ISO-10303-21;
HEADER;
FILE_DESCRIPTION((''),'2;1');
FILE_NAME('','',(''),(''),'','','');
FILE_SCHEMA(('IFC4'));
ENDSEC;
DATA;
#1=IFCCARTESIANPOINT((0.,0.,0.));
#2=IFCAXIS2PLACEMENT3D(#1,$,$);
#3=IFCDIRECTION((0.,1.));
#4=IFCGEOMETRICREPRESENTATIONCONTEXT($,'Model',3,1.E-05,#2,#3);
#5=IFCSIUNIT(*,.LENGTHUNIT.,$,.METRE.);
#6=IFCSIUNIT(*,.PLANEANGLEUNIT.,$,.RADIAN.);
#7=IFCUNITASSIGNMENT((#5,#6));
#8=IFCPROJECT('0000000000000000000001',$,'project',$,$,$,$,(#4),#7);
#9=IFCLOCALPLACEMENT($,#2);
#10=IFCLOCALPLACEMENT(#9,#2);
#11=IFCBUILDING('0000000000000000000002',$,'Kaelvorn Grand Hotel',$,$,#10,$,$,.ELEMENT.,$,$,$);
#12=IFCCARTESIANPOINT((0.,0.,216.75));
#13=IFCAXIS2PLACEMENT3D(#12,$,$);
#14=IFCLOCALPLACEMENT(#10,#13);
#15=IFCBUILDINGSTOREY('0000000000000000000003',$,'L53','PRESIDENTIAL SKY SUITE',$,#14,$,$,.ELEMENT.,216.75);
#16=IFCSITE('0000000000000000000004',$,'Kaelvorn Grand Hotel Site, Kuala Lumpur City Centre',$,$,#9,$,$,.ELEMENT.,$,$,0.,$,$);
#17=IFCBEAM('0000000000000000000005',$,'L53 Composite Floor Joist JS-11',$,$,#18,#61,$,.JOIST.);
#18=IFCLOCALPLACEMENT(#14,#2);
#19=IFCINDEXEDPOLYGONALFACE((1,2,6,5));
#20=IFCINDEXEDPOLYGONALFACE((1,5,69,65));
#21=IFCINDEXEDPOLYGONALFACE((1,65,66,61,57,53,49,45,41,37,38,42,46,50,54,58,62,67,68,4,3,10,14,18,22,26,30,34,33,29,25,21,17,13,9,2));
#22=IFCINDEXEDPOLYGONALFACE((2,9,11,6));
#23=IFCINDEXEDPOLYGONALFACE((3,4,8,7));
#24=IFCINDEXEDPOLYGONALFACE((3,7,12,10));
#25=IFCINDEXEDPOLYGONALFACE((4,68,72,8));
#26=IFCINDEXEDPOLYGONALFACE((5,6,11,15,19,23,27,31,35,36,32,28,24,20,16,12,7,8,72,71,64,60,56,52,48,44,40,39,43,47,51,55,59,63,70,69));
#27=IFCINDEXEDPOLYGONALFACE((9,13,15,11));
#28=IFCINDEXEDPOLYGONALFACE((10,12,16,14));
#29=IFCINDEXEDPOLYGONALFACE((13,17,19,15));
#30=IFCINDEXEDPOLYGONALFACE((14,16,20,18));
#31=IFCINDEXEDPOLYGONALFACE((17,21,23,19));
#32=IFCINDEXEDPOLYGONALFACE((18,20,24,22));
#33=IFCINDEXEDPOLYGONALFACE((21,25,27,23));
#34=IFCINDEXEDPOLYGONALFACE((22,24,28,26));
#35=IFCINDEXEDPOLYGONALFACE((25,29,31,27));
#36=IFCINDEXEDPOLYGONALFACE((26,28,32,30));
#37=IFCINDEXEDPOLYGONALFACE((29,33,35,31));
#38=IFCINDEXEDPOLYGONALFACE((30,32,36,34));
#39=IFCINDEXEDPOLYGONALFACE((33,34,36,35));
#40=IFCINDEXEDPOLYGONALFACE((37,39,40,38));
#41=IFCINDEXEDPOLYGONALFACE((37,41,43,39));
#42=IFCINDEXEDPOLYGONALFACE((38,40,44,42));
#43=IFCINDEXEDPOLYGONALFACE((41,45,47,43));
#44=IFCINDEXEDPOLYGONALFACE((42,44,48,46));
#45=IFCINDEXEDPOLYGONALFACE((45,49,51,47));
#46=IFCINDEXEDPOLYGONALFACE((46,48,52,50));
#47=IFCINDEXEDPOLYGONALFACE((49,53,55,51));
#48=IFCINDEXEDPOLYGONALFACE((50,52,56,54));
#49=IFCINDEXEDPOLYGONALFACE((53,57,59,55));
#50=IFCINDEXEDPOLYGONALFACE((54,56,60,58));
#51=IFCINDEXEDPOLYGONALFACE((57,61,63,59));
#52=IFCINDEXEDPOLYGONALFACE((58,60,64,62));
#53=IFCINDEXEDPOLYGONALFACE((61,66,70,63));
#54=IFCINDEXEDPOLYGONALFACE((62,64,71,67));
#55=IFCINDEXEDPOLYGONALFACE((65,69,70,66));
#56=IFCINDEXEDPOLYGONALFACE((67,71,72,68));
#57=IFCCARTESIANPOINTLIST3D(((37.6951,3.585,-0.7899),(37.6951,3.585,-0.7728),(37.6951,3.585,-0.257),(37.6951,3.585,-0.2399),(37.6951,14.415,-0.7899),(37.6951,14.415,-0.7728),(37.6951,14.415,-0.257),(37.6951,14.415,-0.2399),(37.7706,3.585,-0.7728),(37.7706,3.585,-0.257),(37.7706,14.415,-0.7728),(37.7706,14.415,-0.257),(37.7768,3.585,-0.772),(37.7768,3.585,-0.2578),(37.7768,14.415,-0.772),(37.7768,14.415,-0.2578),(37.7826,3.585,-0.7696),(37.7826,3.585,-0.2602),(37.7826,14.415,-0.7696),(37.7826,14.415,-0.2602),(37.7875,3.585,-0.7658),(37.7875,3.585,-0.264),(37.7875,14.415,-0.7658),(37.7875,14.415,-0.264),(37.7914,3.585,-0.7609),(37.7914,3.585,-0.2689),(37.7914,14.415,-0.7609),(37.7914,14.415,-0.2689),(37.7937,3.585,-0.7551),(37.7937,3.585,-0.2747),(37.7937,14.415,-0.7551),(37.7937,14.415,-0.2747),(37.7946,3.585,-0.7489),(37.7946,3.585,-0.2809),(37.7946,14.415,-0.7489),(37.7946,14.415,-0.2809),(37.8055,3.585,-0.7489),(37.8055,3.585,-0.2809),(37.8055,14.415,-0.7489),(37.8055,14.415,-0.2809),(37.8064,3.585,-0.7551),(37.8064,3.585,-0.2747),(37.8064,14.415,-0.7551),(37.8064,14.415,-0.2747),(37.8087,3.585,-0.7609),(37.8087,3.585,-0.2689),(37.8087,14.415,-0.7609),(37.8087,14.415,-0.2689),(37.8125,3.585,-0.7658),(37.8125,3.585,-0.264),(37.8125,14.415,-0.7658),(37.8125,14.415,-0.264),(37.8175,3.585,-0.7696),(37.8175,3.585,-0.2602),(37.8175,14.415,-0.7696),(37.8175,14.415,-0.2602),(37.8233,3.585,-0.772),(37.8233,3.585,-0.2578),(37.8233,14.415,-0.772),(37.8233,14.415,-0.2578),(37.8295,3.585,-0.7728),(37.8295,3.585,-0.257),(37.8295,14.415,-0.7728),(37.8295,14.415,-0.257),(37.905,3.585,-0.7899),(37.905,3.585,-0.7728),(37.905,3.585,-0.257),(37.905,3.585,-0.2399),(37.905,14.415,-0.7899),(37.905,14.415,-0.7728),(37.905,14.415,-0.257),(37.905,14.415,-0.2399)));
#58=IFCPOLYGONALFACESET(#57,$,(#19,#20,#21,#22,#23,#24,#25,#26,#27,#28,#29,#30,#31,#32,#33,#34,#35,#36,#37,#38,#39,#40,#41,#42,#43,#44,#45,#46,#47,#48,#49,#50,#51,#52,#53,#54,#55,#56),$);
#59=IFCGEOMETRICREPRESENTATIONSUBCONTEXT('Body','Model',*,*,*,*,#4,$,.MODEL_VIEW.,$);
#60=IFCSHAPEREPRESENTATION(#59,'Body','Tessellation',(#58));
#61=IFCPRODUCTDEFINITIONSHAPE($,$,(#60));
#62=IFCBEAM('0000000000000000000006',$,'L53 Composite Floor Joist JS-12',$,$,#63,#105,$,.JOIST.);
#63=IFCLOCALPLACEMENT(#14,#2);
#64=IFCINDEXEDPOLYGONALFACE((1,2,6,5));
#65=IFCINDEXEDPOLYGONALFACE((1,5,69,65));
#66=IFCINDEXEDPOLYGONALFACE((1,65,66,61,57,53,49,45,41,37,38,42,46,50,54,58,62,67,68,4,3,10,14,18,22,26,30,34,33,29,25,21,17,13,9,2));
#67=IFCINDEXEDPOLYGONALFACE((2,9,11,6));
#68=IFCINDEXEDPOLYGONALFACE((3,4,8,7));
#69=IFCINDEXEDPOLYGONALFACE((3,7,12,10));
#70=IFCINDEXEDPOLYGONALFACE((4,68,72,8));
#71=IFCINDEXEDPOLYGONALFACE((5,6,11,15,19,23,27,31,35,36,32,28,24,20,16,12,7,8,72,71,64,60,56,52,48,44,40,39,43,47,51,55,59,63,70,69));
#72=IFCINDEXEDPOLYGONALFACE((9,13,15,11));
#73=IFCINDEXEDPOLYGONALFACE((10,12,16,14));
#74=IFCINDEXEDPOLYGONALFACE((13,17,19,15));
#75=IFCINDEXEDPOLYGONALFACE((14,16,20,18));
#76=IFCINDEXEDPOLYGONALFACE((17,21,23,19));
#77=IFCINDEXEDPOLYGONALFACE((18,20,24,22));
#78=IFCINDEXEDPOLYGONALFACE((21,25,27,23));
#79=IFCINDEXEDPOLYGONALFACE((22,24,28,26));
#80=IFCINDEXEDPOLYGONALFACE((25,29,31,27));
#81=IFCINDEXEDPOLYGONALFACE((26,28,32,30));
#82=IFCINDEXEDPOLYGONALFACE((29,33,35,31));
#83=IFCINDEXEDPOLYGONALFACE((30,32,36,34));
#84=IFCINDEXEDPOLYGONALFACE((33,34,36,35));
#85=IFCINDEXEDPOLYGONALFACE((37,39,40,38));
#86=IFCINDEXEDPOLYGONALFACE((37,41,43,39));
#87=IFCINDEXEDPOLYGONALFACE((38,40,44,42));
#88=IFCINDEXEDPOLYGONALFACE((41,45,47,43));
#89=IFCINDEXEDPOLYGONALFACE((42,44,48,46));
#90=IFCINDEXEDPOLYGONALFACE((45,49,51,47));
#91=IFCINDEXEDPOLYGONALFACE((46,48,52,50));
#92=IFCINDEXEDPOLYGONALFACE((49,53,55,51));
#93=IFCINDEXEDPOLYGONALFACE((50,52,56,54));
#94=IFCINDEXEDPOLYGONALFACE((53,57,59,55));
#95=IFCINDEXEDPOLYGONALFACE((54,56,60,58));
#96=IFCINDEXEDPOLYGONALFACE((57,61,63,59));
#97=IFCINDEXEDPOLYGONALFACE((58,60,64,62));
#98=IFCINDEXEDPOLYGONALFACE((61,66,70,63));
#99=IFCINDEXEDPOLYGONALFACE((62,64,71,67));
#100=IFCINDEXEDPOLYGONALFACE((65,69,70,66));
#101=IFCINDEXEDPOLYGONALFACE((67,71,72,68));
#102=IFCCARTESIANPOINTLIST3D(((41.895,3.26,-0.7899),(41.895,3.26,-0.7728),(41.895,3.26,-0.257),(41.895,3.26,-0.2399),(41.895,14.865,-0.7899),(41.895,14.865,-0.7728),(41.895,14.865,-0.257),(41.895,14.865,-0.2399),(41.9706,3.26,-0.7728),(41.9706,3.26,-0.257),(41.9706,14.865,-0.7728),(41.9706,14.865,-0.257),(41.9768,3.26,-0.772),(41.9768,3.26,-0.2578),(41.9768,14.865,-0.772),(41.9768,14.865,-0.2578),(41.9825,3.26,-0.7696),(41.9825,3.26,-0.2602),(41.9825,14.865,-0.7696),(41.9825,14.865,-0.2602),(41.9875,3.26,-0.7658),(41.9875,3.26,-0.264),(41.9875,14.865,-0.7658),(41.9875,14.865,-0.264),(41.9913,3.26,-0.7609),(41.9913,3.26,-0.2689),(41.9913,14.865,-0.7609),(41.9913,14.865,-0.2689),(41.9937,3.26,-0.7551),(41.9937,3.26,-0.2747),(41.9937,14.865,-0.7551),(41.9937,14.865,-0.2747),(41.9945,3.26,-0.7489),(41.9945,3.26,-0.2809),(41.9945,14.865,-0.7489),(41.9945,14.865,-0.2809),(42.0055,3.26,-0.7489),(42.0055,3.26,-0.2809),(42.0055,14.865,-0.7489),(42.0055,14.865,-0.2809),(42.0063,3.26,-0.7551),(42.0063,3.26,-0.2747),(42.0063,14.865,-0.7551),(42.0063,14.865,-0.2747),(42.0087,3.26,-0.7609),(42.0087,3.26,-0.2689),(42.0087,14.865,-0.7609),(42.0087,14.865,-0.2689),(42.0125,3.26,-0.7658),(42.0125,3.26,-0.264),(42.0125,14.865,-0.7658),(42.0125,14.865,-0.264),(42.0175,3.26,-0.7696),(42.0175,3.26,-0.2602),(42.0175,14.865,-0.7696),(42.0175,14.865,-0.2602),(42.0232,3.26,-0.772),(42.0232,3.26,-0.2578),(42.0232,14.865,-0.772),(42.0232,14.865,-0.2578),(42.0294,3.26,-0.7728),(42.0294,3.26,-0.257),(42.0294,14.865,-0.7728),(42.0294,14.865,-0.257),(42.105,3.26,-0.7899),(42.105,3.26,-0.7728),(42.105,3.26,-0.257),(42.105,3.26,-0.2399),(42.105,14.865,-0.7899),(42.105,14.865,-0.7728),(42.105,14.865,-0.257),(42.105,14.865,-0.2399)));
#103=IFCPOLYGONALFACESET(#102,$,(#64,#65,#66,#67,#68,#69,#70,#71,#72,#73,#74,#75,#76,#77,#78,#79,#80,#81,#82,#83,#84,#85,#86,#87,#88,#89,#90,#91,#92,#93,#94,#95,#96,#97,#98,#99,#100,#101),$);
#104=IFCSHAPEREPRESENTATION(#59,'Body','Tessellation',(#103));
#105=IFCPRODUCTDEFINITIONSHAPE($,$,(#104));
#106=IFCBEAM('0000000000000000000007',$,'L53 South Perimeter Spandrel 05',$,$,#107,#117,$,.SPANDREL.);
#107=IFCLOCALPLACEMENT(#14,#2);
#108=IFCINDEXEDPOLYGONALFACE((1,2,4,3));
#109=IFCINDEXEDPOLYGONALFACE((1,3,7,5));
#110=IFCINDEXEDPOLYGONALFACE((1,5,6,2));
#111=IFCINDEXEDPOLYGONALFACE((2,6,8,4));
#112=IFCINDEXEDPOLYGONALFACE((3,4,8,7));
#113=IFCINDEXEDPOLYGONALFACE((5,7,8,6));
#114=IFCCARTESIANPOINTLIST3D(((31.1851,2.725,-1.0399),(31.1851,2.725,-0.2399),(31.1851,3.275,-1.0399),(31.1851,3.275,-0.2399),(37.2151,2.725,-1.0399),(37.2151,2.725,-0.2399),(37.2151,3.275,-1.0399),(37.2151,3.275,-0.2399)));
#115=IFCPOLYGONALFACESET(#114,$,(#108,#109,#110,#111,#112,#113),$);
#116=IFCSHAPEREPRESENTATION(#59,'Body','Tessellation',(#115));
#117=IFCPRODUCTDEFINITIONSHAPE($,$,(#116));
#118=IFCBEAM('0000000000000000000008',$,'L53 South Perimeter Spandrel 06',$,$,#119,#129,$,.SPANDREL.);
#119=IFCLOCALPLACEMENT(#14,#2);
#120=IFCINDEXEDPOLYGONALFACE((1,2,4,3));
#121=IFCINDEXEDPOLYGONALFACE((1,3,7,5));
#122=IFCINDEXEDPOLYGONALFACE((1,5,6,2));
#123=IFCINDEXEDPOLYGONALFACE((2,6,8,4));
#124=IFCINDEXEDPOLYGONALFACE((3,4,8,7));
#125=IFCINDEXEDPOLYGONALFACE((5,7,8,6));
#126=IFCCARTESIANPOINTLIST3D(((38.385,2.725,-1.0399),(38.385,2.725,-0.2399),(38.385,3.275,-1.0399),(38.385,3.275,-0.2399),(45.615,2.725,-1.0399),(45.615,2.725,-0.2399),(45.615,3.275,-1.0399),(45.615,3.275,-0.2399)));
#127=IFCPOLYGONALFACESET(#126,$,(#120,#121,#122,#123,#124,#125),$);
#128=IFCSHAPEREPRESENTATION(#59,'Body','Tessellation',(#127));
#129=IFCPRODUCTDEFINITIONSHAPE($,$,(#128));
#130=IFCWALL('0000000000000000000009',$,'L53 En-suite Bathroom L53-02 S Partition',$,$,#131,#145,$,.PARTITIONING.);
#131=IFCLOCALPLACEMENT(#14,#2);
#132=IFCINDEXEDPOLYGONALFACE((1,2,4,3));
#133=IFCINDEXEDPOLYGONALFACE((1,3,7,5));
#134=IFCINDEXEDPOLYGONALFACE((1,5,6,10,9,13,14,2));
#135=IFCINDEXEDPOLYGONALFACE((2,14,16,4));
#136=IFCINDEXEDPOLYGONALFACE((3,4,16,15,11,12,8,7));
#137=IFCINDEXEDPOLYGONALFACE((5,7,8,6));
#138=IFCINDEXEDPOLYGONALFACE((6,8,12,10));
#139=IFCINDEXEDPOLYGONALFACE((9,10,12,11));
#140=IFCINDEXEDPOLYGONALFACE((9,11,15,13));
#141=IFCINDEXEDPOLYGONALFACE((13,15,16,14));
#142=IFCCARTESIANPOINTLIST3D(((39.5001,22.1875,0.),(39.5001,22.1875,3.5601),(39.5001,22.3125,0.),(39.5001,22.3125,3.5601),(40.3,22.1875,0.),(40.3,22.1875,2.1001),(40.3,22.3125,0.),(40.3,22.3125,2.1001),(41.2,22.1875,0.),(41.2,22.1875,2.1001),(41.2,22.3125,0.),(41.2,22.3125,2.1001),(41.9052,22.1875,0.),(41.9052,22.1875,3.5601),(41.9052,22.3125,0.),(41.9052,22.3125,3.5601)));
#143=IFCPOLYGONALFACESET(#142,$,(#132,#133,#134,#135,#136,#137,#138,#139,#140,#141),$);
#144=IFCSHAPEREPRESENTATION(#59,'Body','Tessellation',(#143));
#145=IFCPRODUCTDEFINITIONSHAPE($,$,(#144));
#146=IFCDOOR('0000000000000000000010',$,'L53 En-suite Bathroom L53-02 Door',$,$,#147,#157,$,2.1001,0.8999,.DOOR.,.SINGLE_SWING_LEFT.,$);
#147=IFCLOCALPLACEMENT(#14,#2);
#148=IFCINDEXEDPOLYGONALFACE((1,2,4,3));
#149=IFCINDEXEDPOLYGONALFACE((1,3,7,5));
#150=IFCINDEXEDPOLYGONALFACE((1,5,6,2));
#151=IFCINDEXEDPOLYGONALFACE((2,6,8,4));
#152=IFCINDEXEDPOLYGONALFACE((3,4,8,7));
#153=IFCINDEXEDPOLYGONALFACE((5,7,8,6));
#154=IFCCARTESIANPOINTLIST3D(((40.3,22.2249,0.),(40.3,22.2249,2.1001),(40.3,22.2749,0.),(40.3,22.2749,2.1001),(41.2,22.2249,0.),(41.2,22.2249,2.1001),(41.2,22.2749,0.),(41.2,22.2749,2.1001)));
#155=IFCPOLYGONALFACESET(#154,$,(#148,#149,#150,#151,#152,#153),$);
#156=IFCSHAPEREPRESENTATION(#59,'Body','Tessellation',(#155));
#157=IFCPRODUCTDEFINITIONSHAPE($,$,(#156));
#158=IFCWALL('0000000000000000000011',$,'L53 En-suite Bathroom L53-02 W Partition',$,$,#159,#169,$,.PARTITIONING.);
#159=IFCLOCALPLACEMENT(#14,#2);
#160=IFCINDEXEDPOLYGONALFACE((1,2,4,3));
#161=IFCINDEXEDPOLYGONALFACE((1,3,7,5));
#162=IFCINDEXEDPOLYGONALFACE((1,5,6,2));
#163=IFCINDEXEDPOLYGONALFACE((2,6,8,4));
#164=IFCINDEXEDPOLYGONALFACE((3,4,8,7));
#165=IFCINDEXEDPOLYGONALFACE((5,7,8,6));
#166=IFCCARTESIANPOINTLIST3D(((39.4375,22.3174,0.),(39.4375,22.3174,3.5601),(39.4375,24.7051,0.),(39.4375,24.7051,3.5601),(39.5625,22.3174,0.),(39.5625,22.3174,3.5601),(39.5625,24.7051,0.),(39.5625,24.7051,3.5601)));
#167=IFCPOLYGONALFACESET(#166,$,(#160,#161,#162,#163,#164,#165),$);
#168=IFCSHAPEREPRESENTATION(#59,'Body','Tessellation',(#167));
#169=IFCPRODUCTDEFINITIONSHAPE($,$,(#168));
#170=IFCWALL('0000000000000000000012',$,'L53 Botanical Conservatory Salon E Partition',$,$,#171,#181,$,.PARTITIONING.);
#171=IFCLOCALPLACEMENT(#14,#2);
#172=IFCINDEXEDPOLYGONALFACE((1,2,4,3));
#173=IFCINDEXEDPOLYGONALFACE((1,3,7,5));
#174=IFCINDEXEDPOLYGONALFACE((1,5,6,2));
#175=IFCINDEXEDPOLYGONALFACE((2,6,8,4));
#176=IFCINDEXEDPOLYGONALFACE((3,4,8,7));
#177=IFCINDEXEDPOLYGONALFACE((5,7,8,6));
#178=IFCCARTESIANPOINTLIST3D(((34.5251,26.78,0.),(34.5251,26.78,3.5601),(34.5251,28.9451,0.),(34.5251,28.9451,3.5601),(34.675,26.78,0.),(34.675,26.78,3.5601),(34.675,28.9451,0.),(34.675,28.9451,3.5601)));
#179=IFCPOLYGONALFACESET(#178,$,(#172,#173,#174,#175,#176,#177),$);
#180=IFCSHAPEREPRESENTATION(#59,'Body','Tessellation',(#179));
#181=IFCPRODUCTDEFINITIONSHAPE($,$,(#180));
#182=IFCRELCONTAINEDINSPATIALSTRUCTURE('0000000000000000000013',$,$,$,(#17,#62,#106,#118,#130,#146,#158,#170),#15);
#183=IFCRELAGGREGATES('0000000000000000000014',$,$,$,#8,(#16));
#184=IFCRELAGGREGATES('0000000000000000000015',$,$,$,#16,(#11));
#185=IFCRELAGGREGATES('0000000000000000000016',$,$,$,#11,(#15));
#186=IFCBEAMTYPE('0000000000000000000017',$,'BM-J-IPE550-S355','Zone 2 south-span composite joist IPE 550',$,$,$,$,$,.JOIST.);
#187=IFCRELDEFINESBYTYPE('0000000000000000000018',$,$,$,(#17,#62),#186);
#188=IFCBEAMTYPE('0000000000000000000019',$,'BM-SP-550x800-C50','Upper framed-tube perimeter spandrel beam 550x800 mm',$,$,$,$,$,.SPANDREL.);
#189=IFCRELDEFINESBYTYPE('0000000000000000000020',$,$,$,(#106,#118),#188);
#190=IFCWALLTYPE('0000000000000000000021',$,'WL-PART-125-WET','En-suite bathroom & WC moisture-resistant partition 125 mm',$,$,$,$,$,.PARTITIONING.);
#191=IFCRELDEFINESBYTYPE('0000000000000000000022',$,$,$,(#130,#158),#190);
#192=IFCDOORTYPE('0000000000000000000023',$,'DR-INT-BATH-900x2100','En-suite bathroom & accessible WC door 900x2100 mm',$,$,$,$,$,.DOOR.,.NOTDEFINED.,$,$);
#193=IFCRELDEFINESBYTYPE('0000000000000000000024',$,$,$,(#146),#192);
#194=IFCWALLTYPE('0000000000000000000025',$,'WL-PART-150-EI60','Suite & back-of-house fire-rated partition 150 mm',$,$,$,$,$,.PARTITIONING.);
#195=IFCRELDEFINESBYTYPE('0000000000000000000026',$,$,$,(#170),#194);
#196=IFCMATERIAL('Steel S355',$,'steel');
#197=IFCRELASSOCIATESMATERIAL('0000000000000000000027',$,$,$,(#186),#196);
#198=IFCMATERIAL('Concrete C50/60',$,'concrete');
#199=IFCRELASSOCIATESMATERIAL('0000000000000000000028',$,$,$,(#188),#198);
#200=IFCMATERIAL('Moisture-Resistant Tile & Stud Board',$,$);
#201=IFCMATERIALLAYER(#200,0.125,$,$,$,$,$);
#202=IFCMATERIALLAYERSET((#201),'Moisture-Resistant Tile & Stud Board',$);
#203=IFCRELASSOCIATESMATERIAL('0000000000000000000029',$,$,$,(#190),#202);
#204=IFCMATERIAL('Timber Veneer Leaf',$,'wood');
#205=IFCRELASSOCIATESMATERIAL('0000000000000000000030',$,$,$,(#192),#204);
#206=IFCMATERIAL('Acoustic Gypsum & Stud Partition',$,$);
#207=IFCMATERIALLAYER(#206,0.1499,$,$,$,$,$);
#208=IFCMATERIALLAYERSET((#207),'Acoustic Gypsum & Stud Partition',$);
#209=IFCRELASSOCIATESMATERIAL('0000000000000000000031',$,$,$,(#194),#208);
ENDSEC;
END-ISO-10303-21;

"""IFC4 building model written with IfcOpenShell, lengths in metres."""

from ifc_helpers import new_model, si_unit, direction, frame, frame_2d, origin, origin_2d, place, context, subcontext, project, spatial, rectangle, i_section, extrude, material, layer, layer_set, material_profile, profile_set, type_object, element, fill, save


model = new_model("IFC4")

# Units and contexts
model_context = context("Model", 3, precision=1e-05, world=origin(), true_north=direction((0.0, 1.0)))
body_context = subcontext(model_context, "Body", "Model", "MODEL_VIEW")
ifc_project = project(units=[si_unit("LENGTHUNIT", "METRE"), si_unit("PLANEANGLEUNIT", "RADIAN")], contexts=[model_context])

# Site, building, storey
site_placement = place(None, origin())
site = spatial("IfcSite", under=ifc_project, at=site_placement, Name="Kaelvorn Grand Hotel Site, Kuala Lumpur City Centre", CompositionType="ELEMENT", RefElevation=0.0)
building_placement = place(site_placement, origin())
building = spatial("IfcBuilding", under=site, at=building_placement, Name="Kaelvorn Grand Hotel", CompositionType="ELEMENT")
storey_placement = place(building_placement, frame((0.0, 0.0, 216.75)))
storey = spatial("IfcBuildingStorey", under=building, at=storey_placement, Name="L53", Description="PRESIDENTIAL SKY SUITE", CompositionType="ELEMENT", Elevation=216.75)

# Beams
ifc_material_1 = material(Name="Steel S355", Category="steel")
ifc_material_profile_1 = material_profile(ifc_material_1, i_section(OverallWidth=0.21, OverallDepth=0.55, WebThickness=0.011, FlangeThickness=0.0171, FilletRadius=0.0239, at=origin_2d()), Name="IPE 550")
ifc_profile_set_1 = profile_set([ifc_material_profile_1], Name="Steel S355")
beam_type_1 = type_object("IfcBeamType", Name="BM-J-IPE550-S355", Description="Zone 2 south-span composite joist IPE 550", PredefinedType="JOIST", material=ifc_profile_set_1)
beam_1_placement = place(storey_placement, frame((37.8, 3.585, -0.5149), z_axis=(0.0, 1.0, 0.0), x_axis=(-1.0, 0.0, 0.0)))
element("IfcBeam", 1, at=beam_1_placement, inside=storey, type_object=beam_type_1, Name="L53 Composite Floor Joist JS-11", PredefinedType="JOIST", context=body_context, shape_type="SweptSolid", body=[
    extrude(i_section(OverallWidth=0.21, OverallDepth=0.55, WebThickness=0.011, FlangeThickness=0.0171, FilletRadius=0.0239, at=origin_2d()), origin(), (0.0, 0.0, 1.0), 10.8301),
])
beam_2_placement = place(storey_placement, frame((42.0, 3.26, -0.5149), z_axis=(0.0, 1.0, 0.0), x_axis=(-1.0, 0.0, 0.0)))
element("IfcBeam", 2, at=beam_2_placement, inside=storey, type_object=beam_type_1, Name="L53 Composite Floor Joist JS-12", PredefinedType="JOIST", context=body_context, shape_type="SweptSolid", body=[
    extrude(i_section(OverallWidth=0.21, OverallDepth=0.55, WebThickness=0.011, FlangeThickness=0.0171, FilletRadius=0.0239, at=origin_2d()), origin(), (0.0, 0.0, 1.0), 11.605),
])
ifc_material_2 = material(Name="Concrete C50/60", Category="concrete")
ifc_material_profile_2 = material_profile(ifc_material_2, rectangle(XDim=0.55, YDim=0.8, at=origin_2d()), Name="RC SPANDREL 550x800")
ifc_profile_set_2 = profile_set([ifc_material_profile_2], Name="Concrete C50/60")
beam_type_2 = type_object("IfcBeamType", Name="BM-SP-550x800-C50", Description="Upper framed-tube perimeter spandrel beam 550x800 mm", PredefinedType="SPANDREL", material=ifc_profile_set_2)
beam_3_placement = place(storey_placement, frame((31.1851, 3.0, -0.6399), z_axis=(1.0, 0.0, 0.0), x_axis=(0.0, 1.0, 0.0)))
element("IfcBeam", 3, at=beam_3_placement, inside=storey, type_object=beam_type_2, Name="L53 South Perimeter Spandrel 05", PredefinedType="SPANDREL", context=body_context, shape_type="SweptSolid", body=[
    extrude(rectangle(XDim=0.55, YDim=0.8, at=origin_2d()), origin(), (0.0, 0.0, 1.0), 6.03),
])
beam_4_placement = place(storey_placement, frame((38.385, 3.0, -0.6399), z_axis=(1.0, 0.0, 0.0), x_axis=(0.0, 1.0, 0.0)))
element("IfcBeam", 4, at=beam_4_placement, inside=storey, type_object=beam_type_2, Name="L53 South Perimeter Spandrel 06", PredefinedType="SPANDREL", context=body_context, shape_type="SweptSolid", body=[
    extrude(rectangle(XDim=0.55, YDim=0.8, at=origin_2d()), origin(), (0.0, 0.0, 1.0), 7.23),
])

# Wall, opening, door
ifc_material_3 = material(Name="Moisture-Resistant Tile & Stud Board")
ifc_layer_1 = layer(ifc_material_3, 0.125)
ifc_layer_set_1 = layer_set([ifc_layer_1], Name="Moisture-Resistant Tile & Stud Board")
wall_type_1 = type_object("IfcWallType", Name="WL-PART-125-WET", Description="En-suite bathroom & WC moisture-resistant partition 125 mm", PredefinedType="PARTITIONING", material=ifc_layer_set_1)
wall_1_placement = place(storey_placement, frame((39.5, 22.25, 0.0), z_axis=(0.0, 0.0, 1.0), x_axis=(1.0, 0.0, 0.0)))
wall_1 = element("IfcWall", 5, at=wall_1_placement, inside=storey, type_object=wall_type_1, Name="L53 En-suite Bathroom L53-02 S Partition", PredefinedType="PARTITIONING", context=body_context, shape_type="SweptSolid", body=[
    extrude(rectangle(XDim=2.405, YDim=0.125, at=frame_2d((1.2026, 0.0))), origin(), (0.0, 0.0, 1.0), 3.5601),
])
opening_1_placement = place(wall_1_placement, frame((0.8, 0.0, 0.0)))
opening_1 = element("IfcOpeningElement", 6, at=opening_1_placement, cuts=wall_1, PredefinedType="OPENING", context=body_context, shape_type="SweptSolid", body=[
    extrude(rectangle(XDim=0.8999, YDim=2.1001, at=frame_2d((0.45, 1.05))), frame((0.0, 0.0725, 0.0), z_axis=(0.0, -1.0, 0.0), x_axis=(1.0, 0.0, 0.0)), (0.0, 0.0, 1.0), 0.145),
])
ifc_material_4 = material(Name="Timber Veneer Leaf", Category="wood")
door_type_1 = type_object("IfcDoorType", Name="DR-INT-BATH-900x2100", Description="En-suite bathroom & accessible WC door 900x2100 mm", OperationType="NOTDEFINED", PredefinedType="DOOR", material=ifc_material_4)
door_1_placement = place(opening_1_placement, origin())
door_1 = element("IfcDoor", 7, at=door_1_placement, inside=storey, type_object=door_type_1, Name="L53 En-suite Bathroom L53-02 Door", OperationType="SINGLE_SWING_LEFT", OverallHeight=2.1001, OverallWidth=0.8999, PredefinedType="DOOR", context=body_context, shape_type="SweptSolid", body=[
    extrude(rectangle(XDim=0.8999, YDim=2.1001, at=frame_2d((0.45, 1.05))), frame((0.0, 0.0249, 0.0), z_axis=(0.0, -1.0, 0.0), x_axis=(1.0, 0.0, 0.0)), (0.0, 0.0, 1.0), 0.05),
])
fill(opening_1, door_1)

# Walls
wall_2_placement = place(storey_placement, frame((39.5, 22.3174, 0.0), z_axis=(0.0, 0.0, 1.0), x_axis=(0.0, 1.0, 0.0)))
element("IfcWall", 8, at=wall_2_placement, inside=storey, type_object=wall_type_1, Name="L53 En-suite Bathroom L53-02 W Partition", PredefinedType="PARTITIONING", context=body_context, shape_type="SweptSolid", body=[
    extrude(rectangle(XDim=2.3877, YDim=0.125, at=frame_2d((1.1938, 0.0))), origin(), (0.0, 0.0, 1.0), 3.5601),
])
ifc_material_5 = material(Name="Acoustic Gypsum & Stud Partition")
ifc_layer_2 = layer(ifc_material_5, 0.1499)
ifc_layer_set_2 = layer_set([ifc_layer_2], Name="Acoustic Gypsum & Stud Partition")
wall_type_2 = type_object("IfcWallType", Name="WL-PART-150-EI60", Description="Suite & back-of-house fire-rated partition 150 mm", PredefinedType="PARTITIONING", material=ifc_layer_set_2)
wall_3_placement = place(storey_placement, frame((34.6001, 26.78, 0.0), z_axis=(0.0, 0.0, 1.0), x_axis=(0.0, 1.0, 0.0)))
element("IfcWall", 9, at=wall_3_placement, inside=storey, type_object=wall_type_2, Name="L53 Botanical Conservatory Salon E Partition", PredefinedType="PARTITIONING", context=body_context, shape_type="SweptSolid", body=[
    extrude(rectangle(XDim=2.165, YDim=0.1499, at=frame_2d((1.0825, 0.0))), origin(), (0.0, 0.0, 1.0), 3.5601),
])

save(model, "model.ifc")
